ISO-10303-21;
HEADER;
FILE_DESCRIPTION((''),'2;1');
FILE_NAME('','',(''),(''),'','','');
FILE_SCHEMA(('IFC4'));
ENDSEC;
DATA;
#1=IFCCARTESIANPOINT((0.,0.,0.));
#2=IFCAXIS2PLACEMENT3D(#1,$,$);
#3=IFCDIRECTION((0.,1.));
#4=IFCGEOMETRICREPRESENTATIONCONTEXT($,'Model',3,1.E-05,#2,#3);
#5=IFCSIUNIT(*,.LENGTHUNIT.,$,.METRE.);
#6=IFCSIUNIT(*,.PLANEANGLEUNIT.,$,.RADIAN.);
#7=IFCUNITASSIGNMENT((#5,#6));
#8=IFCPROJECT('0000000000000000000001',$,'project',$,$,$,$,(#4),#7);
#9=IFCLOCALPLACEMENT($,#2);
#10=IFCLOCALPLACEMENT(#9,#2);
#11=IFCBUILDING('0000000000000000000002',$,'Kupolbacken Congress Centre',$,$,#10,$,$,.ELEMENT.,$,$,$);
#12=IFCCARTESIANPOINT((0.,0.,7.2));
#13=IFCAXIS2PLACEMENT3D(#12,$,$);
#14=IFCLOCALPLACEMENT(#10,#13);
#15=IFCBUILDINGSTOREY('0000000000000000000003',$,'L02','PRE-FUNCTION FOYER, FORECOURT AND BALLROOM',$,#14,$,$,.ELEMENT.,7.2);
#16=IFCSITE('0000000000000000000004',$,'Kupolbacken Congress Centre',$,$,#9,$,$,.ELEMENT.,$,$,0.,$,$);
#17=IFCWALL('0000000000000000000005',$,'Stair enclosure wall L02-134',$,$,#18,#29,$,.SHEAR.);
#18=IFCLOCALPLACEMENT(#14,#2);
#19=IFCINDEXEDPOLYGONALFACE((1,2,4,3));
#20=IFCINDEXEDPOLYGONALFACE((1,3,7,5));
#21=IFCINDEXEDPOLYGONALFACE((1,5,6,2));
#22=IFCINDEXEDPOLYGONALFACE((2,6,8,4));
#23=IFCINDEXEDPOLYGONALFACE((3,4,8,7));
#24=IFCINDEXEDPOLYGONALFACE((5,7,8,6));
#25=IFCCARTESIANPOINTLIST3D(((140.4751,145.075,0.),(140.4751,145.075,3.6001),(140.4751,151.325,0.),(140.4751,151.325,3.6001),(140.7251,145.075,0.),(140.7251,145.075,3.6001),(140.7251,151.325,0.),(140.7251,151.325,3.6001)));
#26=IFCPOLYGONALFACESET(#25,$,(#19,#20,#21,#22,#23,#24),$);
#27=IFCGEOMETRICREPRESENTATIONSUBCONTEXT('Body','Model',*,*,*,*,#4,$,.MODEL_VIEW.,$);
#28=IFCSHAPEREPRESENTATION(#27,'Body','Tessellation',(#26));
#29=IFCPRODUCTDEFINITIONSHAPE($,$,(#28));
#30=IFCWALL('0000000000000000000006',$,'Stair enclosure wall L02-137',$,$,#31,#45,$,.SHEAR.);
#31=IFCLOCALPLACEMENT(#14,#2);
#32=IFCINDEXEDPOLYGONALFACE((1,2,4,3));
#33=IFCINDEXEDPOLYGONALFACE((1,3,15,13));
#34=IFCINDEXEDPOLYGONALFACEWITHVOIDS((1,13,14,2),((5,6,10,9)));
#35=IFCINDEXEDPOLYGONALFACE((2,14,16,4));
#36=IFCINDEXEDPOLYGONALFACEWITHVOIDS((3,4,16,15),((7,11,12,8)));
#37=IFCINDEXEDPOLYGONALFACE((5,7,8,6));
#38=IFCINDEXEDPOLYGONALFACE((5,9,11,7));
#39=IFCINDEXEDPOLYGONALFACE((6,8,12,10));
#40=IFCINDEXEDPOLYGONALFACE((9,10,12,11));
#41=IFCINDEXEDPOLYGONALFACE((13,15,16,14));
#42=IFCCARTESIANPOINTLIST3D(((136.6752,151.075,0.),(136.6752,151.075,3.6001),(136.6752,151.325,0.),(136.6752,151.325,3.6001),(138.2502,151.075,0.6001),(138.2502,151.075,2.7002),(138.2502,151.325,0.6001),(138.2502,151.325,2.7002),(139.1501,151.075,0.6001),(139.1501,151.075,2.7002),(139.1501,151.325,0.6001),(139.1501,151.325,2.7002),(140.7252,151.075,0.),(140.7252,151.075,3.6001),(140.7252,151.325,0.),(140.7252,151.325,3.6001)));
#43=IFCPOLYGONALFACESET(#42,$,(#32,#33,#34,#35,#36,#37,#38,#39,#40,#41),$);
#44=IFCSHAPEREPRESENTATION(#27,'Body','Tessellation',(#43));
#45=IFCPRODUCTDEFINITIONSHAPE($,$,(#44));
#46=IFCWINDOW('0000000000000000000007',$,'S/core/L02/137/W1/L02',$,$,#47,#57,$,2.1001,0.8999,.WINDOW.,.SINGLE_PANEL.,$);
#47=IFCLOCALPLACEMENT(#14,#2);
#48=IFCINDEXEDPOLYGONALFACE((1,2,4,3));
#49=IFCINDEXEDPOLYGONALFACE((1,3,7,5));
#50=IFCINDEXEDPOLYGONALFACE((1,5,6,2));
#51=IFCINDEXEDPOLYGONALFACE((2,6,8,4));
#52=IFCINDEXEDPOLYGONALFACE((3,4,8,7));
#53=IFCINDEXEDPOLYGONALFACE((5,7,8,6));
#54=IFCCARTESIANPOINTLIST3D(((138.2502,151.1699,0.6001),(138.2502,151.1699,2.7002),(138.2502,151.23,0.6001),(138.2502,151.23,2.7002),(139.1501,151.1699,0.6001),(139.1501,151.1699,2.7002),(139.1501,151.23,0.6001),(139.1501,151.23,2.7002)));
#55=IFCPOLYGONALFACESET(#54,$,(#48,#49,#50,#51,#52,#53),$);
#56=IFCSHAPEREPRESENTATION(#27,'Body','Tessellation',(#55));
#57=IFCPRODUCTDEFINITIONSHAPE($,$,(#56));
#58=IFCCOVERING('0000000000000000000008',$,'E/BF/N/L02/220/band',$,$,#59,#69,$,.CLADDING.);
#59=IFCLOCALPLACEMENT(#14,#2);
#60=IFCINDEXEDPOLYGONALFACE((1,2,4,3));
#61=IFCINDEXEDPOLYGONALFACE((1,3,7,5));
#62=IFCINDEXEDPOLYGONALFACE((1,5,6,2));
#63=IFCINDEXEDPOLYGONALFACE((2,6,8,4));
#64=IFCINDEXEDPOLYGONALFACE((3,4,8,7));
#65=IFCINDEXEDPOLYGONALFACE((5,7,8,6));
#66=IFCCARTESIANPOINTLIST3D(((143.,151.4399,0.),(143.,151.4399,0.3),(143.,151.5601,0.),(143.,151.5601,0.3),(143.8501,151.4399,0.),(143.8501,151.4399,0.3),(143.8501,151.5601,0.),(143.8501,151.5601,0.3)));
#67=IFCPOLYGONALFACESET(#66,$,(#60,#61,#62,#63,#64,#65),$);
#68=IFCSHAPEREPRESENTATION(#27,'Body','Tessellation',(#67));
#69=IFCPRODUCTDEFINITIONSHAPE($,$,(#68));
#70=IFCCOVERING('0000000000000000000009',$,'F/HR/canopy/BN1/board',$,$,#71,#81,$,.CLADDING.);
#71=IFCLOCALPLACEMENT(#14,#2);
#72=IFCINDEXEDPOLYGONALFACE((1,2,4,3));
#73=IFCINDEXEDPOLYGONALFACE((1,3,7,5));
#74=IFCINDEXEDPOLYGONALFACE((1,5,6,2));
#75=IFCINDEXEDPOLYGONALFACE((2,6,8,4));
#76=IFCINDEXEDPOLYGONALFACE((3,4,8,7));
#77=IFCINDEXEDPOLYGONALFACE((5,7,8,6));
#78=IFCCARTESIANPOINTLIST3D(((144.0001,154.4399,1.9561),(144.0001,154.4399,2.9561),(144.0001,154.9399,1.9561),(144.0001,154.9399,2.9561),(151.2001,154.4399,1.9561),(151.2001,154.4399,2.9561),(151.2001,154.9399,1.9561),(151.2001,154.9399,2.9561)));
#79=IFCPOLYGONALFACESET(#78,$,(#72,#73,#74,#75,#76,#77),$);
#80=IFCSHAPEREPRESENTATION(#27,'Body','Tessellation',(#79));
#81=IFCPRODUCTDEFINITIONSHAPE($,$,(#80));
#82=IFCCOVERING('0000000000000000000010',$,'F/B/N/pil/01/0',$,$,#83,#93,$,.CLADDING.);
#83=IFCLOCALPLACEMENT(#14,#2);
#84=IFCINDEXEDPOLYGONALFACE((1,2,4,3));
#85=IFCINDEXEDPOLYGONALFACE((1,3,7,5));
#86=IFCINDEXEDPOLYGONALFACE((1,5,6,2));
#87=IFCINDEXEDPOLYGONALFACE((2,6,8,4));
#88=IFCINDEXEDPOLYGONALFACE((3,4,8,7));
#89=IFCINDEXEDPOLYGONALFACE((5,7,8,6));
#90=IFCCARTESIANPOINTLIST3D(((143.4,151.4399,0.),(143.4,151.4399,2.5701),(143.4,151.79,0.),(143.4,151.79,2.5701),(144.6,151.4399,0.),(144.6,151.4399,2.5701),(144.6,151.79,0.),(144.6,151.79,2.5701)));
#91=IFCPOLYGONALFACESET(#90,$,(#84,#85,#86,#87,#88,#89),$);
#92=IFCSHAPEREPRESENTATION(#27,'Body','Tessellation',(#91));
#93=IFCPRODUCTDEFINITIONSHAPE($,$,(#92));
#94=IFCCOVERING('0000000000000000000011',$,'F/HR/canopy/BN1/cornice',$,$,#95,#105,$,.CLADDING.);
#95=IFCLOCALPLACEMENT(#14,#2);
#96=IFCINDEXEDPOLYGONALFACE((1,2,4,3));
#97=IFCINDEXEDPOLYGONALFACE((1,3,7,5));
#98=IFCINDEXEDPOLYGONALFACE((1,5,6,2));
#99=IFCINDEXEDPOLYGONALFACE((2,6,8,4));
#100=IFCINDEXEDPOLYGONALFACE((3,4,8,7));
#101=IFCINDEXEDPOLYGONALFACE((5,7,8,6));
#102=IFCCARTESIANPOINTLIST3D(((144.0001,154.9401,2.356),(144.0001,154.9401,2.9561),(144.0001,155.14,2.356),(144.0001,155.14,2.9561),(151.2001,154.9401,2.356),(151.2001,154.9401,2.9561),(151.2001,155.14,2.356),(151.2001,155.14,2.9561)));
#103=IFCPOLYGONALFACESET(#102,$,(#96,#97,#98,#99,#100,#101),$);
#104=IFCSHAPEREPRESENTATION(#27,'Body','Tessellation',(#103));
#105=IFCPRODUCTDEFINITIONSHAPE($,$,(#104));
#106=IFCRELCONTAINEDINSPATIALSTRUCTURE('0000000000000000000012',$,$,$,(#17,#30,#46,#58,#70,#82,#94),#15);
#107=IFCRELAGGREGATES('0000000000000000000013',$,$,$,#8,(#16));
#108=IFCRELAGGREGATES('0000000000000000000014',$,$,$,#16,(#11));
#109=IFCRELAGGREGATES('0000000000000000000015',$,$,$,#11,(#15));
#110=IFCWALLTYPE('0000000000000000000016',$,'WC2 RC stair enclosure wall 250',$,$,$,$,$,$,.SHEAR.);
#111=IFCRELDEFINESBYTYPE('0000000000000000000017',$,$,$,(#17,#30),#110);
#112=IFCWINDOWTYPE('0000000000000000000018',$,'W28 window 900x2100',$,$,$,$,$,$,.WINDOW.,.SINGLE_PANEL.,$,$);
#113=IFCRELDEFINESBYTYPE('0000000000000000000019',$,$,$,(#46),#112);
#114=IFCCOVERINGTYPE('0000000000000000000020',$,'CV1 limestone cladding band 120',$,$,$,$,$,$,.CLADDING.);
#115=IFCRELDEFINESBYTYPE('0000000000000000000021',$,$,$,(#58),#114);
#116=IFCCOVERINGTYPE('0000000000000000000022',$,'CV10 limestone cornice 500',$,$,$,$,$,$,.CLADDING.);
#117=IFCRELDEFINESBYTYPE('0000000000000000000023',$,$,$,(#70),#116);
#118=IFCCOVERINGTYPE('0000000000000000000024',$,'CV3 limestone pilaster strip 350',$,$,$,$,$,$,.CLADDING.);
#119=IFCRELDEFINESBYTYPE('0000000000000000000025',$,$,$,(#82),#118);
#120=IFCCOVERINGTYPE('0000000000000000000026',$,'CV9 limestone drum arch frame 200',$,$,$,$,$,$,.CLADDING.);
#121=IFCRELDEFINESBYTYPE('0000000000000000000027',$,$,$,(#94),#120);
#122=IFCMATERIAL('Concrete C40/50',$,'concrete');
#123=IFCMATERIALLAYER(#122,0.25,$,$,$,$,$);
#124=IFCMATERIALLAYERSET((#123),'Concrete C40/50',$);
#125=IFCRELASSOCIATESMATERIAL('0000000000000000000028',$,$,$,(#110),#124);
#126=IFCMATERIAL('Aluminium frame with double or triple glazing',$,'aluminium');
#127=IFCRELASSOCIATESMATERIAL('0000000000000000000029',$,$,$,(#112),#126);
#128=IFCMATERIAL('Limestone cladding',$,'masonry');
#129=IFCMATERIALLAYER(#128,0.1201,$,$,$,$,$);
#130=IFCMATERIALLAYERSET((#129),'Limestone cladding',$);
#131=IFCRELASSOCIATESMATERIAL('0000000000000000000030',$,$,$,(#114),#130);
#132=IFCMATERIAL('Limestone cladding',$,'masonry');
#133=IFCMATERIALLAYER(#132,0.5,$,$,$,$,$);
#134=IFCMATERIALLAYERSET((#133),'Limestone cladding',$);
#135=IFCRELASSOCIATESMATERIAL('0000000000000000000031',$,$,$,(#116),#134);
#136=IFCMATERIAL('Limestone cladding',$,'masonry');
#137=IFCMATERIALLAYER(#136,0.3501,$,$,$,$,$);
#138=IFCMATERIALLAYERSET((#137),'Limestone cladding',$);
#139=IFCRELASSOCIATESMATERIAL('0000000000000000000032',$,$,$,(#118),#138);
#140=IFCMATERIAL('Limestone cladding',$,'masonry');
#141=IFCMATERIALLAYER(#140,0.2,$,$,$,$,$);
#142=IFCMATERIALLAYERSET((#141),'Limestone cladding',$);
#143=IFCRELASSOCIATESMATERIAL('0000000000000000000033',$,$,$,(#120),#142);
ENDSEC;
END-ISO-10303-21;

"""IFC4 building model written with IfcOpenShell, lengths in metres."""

from ifc_helpers import new_model, si_unit, direction, frame, frame_2d, origin, origin_2d, place, context, subcontext, project, spatial, rectangle, extrude, material, layer, layer_set, type_object, element, fill, save


model = new_model("IFC4")

# Units and contexts
model_context = context("Model", 3, precision=1e-05, world=origin(), true_north=direction((0.0, 1.0)))
body_context = subcontext(model_context, "Body", "Model", "MODEL_VIEW")
ifc_project = project(units=[si_unit("LENGTHUNIT", "METRE"), si_unit("PLANEANGLEUNIT", "RADIAN")], contexts=[model_context])

# Site, building, storey
site_placement = place(None, origin())
site = spatial("IfcSite", under=ifc_project, at=site_placement, Name="Kupolbacken Congress Centre", CompositionType="ELEMENT", RefElevation=0.0)
building_placement = place(site_placement, origin())
building = spatial("IfcBuilding", under=site, at=building_placement, Name="Kupolbacken Congress Centre", CompositionType="ELEMENT")
storey_placement = place(building_placement, frame((0.0, 0.0, 7.2)))
storey = spatial("IfcBuildingStorey", under=building, at=storey_placement, Name="L02", Description="PRE-FUNCTION FOYER, FORECOURT AND BALLROOM", CompositionType="ELEMENT", Elevation=7.2)

# Wall
ifc_material_1 = material(Name="Concrete C40/50", Category="concrete")
ifc_layer_1 = layer(ifc_material_1, 0.25)
ifc_layer_set_1 = layer_set([ifc_layer_1], Name="Concrete C40/50")
wall_type_1 = type_object("IfcWallType", Name="WC2 RC stair enclosure wall 250", PredefinedType="SHEAR", material=ifc_layer_set_1)
wall_1_placement = place(storey_placement, frame((140.6001, 145.075, 0.0), z_axis=(0.0, 0.0, 1.0), x_axis=(0.0, 1.0, 0.0)))
element("IfcWall", 1, at=wall_1_placement, inside=storey, type_object=wall_type_1, Name="Stair enclosure wall L02-134", PredefinedType="SHEAR", context=body_context, shape_type="SweptSolid", body=[
    extrude(rectangle(XDim=6.25, YDim=0.25, at=frame_2d((3.125, 0.0))), origin(), (0.0, 0.0, 1.0), 3.6001),
])

# Wall, opening, window
wall_2_placement = place(storey_placement, frame((140.7251, 151.2, 0.0), z_axis=(0.0, 0.0, 1.0), x_axis=(-1.0, 0.0, 0.0)))
wall_2 = element("IfcWall", 2, at=wall_2_placement, inside=storey, type_object=wall_type_1, Name="Stair enclosure wall L02-137", PredefinedType="SHEAR", context=body_context, shape_type="SweptSolid", body=[
    extrude(rectangle(XDim=4.05, YDim=0.25, at=frame_2d((2.0249, 0.0))), origin(), (0.0, 0.0, 1.0), 3.6001),
])
opening_1_placement = place(wall_2_placement, frame((1.575, 0.0, 0.6001)))
opening_1 = element("IfcOpeningElement", 3, at=opening_1_placement, cuts=wall_2, PredefinedType="OPENING", context=body_context, shape_type="SweptSolid", body=[
    extrude(rectangle(XDim=0.8999, YDim=2.1001, at=frame_2d((0.45, 1.05))), frame((0.0, 0.135, 0.0), z_axis=(0.0, -1.0, 0.0), x_axis=(1.0, 0.0, 0.0)), (0.0, 0.0, 1.0), 0.27),
])
ifc_material_2 = material(Name="Aluminium frame with double or triple glazing", Category="aluminium")
window_type = type_object("IfcWindowType", Name="W28 window 900x2100", PartitioningType="SINGLE_PANEL", PredefinedType="WINDOW", material=ifc_material_2)
window_placement = place(opening_1_placement, origin())
window = element("IfcWindow", 4, at=window_placement, inside=storey, type_object=window_type, Name="S/core/L02/137/W1/L02", OverallHeight=2.1001, OverallWidth=0.8999, PartitioningType="SINGLE_PANEL", PredefinedType="WINDOW", context=body_context, shape_type="SweptSolid", body=[
    extrude(rectangle(XDim=0.8999, YDim=2.1001, at=frame_2d((0.45, 1.05))), frame((0.0, 0.03, 0.0), z_axis=(0.0, -1.0, 0.0), x_axis=(1.0, 0.0, 0.0)), (0.0, 0.0, 1.0), 0.0601),
])
fill(opening_1, window)

# Coverings
ifc_material_3 = material(Name="Limestone cladding", Category="masonry")
ifc_layer_2 = layer(ifc_material_3, 0.1201)
ifc_layer_set_2 = layer_set([ifc_layer_2], Name="Limestone cladding")
covering_type_1 = type_object("IfcCoveringType", Name="CV1 limestone cladding band 120", PredefinedType="CLADDING", material=ifc_layer_set_2)
covering_1_placement = place(storey_placement, frame((143.425, 151.5, 0.0), z_axis=(0.0, 0.0, 1.0), x_axis=(-1.0, 0.0, 0.0)))
element("IfcCovering", 5, at=covering_1_placement, inside=storey, type_object=covering_type_1, Name="E/BF/N/L02/220/band", PredefinedType="CLADDING", context=body_context, shape_type="SweptSolid", body=[
    extrude(rectangle(XDim=0.8501, YDim=0.1201, at=origin_2d()), origin(), (0.0, 0.0, 1.0), 0.3),
])
ifc_material_4 = material(Name="Limestone cladding", Category="masonry")
ifc_layer_3 = layer(ifc_material_4, 0.5)
ifc_layer_set_3 = layer_set([ifc_layer_3], Name="Limestone cladding")
covering_type_2 = type_object("IfcCoveringType", Name="CV10 limestone cornice 500", PredefinedType="CLADDING", material=ifc_layer_set_3)
covering_2_placement = place(storey_placement, frame((147.6001, 154.6899, 1.9561), z_axis=(0.0, 0.0, 1.0), x_axis=(-1.0, 0.0, 0.0)))
element("IfcCovering", 6, at=covering_2_placement, inside=storey, type_object=covering_type_2, Name="F/HR/canopy/BN1/board", PredefinedType="CLADDING", context=body_context, shape_type="SweptSolid", body=[
    extrude(rectangle(XDim=7.2, YDim=0.5, at=origin_2d()), origin(), (0.0, 0.0, 1.0), 1.0),
])
ifc_material_5 = material(Name="Limestone cladding", Category="masonry")
ifc_layer_4 = layer(ifc_material_5, 0.3501)
ifc_layer_set_4 = layer_set([ifc_layer_4], Name="Limestone cladding")
covering_type_3 = type_object("IfcCoveringType", Name="CV3 limestone pilaster strip 350", PredefinedType="CLADDING", material=ifc_layer_set_4)
covering_3_placement = place(storey_placement, frame((144.0, 151.615, 0.0), z_axis=(0.0, 0.0, 1.0), x_axis=(1.0, 0.0, 0.0)))
element("IfcCovering", 7, at=covering_3_placement, inside=storey, type_object=covering_type_3, Name="F/B/N/pil/01/0", PredefinedType="CLADDING", context=body_context, shape_type="SweptSolid", body=[
    extrude(rectangle(XDim=1.2, YDim=0.3501, at=origin_2d()), origin(), (0.0, 0.0, 1.0), 2.5701),
])
ifc_material_6 = material(Name="Limestone cladding", Category="masonry")
ifc_layer_5 = layer(ifc_material_6, 0.2)
ifc_layer_set_5 = layer_set([ifc_layer_5], Name="Limestone cladding")
covering_type_4 = type_object("IfcCoveringType", Name="CV9 limestone drum arch frame 200", PredefinedType="CLADDING", material=ifc_layer_set_5)
covering_4_placement = place(storey_placement, frame((147.6001, 155.04, 2.356), z_axis=(0.0, 0.0, 1.0), x_axis=(-1.0, 0.0, 0.0)))
element("IfcCovering", 8, at=covering_4_placement, inside=storey, type_object=covering_type_4, Name="F/HR/canopy/BN1/cornice", PredefinedType="CLADDING", context=body_context, shape_type="SweptSolid", body=[
    extrude(rectangle(XDim=7.2, YDim=0.2, at=origin_2d()), origin(), (0.0, 0.0, 1.0), 0.6001),
])

save(model, "model.ifc")
